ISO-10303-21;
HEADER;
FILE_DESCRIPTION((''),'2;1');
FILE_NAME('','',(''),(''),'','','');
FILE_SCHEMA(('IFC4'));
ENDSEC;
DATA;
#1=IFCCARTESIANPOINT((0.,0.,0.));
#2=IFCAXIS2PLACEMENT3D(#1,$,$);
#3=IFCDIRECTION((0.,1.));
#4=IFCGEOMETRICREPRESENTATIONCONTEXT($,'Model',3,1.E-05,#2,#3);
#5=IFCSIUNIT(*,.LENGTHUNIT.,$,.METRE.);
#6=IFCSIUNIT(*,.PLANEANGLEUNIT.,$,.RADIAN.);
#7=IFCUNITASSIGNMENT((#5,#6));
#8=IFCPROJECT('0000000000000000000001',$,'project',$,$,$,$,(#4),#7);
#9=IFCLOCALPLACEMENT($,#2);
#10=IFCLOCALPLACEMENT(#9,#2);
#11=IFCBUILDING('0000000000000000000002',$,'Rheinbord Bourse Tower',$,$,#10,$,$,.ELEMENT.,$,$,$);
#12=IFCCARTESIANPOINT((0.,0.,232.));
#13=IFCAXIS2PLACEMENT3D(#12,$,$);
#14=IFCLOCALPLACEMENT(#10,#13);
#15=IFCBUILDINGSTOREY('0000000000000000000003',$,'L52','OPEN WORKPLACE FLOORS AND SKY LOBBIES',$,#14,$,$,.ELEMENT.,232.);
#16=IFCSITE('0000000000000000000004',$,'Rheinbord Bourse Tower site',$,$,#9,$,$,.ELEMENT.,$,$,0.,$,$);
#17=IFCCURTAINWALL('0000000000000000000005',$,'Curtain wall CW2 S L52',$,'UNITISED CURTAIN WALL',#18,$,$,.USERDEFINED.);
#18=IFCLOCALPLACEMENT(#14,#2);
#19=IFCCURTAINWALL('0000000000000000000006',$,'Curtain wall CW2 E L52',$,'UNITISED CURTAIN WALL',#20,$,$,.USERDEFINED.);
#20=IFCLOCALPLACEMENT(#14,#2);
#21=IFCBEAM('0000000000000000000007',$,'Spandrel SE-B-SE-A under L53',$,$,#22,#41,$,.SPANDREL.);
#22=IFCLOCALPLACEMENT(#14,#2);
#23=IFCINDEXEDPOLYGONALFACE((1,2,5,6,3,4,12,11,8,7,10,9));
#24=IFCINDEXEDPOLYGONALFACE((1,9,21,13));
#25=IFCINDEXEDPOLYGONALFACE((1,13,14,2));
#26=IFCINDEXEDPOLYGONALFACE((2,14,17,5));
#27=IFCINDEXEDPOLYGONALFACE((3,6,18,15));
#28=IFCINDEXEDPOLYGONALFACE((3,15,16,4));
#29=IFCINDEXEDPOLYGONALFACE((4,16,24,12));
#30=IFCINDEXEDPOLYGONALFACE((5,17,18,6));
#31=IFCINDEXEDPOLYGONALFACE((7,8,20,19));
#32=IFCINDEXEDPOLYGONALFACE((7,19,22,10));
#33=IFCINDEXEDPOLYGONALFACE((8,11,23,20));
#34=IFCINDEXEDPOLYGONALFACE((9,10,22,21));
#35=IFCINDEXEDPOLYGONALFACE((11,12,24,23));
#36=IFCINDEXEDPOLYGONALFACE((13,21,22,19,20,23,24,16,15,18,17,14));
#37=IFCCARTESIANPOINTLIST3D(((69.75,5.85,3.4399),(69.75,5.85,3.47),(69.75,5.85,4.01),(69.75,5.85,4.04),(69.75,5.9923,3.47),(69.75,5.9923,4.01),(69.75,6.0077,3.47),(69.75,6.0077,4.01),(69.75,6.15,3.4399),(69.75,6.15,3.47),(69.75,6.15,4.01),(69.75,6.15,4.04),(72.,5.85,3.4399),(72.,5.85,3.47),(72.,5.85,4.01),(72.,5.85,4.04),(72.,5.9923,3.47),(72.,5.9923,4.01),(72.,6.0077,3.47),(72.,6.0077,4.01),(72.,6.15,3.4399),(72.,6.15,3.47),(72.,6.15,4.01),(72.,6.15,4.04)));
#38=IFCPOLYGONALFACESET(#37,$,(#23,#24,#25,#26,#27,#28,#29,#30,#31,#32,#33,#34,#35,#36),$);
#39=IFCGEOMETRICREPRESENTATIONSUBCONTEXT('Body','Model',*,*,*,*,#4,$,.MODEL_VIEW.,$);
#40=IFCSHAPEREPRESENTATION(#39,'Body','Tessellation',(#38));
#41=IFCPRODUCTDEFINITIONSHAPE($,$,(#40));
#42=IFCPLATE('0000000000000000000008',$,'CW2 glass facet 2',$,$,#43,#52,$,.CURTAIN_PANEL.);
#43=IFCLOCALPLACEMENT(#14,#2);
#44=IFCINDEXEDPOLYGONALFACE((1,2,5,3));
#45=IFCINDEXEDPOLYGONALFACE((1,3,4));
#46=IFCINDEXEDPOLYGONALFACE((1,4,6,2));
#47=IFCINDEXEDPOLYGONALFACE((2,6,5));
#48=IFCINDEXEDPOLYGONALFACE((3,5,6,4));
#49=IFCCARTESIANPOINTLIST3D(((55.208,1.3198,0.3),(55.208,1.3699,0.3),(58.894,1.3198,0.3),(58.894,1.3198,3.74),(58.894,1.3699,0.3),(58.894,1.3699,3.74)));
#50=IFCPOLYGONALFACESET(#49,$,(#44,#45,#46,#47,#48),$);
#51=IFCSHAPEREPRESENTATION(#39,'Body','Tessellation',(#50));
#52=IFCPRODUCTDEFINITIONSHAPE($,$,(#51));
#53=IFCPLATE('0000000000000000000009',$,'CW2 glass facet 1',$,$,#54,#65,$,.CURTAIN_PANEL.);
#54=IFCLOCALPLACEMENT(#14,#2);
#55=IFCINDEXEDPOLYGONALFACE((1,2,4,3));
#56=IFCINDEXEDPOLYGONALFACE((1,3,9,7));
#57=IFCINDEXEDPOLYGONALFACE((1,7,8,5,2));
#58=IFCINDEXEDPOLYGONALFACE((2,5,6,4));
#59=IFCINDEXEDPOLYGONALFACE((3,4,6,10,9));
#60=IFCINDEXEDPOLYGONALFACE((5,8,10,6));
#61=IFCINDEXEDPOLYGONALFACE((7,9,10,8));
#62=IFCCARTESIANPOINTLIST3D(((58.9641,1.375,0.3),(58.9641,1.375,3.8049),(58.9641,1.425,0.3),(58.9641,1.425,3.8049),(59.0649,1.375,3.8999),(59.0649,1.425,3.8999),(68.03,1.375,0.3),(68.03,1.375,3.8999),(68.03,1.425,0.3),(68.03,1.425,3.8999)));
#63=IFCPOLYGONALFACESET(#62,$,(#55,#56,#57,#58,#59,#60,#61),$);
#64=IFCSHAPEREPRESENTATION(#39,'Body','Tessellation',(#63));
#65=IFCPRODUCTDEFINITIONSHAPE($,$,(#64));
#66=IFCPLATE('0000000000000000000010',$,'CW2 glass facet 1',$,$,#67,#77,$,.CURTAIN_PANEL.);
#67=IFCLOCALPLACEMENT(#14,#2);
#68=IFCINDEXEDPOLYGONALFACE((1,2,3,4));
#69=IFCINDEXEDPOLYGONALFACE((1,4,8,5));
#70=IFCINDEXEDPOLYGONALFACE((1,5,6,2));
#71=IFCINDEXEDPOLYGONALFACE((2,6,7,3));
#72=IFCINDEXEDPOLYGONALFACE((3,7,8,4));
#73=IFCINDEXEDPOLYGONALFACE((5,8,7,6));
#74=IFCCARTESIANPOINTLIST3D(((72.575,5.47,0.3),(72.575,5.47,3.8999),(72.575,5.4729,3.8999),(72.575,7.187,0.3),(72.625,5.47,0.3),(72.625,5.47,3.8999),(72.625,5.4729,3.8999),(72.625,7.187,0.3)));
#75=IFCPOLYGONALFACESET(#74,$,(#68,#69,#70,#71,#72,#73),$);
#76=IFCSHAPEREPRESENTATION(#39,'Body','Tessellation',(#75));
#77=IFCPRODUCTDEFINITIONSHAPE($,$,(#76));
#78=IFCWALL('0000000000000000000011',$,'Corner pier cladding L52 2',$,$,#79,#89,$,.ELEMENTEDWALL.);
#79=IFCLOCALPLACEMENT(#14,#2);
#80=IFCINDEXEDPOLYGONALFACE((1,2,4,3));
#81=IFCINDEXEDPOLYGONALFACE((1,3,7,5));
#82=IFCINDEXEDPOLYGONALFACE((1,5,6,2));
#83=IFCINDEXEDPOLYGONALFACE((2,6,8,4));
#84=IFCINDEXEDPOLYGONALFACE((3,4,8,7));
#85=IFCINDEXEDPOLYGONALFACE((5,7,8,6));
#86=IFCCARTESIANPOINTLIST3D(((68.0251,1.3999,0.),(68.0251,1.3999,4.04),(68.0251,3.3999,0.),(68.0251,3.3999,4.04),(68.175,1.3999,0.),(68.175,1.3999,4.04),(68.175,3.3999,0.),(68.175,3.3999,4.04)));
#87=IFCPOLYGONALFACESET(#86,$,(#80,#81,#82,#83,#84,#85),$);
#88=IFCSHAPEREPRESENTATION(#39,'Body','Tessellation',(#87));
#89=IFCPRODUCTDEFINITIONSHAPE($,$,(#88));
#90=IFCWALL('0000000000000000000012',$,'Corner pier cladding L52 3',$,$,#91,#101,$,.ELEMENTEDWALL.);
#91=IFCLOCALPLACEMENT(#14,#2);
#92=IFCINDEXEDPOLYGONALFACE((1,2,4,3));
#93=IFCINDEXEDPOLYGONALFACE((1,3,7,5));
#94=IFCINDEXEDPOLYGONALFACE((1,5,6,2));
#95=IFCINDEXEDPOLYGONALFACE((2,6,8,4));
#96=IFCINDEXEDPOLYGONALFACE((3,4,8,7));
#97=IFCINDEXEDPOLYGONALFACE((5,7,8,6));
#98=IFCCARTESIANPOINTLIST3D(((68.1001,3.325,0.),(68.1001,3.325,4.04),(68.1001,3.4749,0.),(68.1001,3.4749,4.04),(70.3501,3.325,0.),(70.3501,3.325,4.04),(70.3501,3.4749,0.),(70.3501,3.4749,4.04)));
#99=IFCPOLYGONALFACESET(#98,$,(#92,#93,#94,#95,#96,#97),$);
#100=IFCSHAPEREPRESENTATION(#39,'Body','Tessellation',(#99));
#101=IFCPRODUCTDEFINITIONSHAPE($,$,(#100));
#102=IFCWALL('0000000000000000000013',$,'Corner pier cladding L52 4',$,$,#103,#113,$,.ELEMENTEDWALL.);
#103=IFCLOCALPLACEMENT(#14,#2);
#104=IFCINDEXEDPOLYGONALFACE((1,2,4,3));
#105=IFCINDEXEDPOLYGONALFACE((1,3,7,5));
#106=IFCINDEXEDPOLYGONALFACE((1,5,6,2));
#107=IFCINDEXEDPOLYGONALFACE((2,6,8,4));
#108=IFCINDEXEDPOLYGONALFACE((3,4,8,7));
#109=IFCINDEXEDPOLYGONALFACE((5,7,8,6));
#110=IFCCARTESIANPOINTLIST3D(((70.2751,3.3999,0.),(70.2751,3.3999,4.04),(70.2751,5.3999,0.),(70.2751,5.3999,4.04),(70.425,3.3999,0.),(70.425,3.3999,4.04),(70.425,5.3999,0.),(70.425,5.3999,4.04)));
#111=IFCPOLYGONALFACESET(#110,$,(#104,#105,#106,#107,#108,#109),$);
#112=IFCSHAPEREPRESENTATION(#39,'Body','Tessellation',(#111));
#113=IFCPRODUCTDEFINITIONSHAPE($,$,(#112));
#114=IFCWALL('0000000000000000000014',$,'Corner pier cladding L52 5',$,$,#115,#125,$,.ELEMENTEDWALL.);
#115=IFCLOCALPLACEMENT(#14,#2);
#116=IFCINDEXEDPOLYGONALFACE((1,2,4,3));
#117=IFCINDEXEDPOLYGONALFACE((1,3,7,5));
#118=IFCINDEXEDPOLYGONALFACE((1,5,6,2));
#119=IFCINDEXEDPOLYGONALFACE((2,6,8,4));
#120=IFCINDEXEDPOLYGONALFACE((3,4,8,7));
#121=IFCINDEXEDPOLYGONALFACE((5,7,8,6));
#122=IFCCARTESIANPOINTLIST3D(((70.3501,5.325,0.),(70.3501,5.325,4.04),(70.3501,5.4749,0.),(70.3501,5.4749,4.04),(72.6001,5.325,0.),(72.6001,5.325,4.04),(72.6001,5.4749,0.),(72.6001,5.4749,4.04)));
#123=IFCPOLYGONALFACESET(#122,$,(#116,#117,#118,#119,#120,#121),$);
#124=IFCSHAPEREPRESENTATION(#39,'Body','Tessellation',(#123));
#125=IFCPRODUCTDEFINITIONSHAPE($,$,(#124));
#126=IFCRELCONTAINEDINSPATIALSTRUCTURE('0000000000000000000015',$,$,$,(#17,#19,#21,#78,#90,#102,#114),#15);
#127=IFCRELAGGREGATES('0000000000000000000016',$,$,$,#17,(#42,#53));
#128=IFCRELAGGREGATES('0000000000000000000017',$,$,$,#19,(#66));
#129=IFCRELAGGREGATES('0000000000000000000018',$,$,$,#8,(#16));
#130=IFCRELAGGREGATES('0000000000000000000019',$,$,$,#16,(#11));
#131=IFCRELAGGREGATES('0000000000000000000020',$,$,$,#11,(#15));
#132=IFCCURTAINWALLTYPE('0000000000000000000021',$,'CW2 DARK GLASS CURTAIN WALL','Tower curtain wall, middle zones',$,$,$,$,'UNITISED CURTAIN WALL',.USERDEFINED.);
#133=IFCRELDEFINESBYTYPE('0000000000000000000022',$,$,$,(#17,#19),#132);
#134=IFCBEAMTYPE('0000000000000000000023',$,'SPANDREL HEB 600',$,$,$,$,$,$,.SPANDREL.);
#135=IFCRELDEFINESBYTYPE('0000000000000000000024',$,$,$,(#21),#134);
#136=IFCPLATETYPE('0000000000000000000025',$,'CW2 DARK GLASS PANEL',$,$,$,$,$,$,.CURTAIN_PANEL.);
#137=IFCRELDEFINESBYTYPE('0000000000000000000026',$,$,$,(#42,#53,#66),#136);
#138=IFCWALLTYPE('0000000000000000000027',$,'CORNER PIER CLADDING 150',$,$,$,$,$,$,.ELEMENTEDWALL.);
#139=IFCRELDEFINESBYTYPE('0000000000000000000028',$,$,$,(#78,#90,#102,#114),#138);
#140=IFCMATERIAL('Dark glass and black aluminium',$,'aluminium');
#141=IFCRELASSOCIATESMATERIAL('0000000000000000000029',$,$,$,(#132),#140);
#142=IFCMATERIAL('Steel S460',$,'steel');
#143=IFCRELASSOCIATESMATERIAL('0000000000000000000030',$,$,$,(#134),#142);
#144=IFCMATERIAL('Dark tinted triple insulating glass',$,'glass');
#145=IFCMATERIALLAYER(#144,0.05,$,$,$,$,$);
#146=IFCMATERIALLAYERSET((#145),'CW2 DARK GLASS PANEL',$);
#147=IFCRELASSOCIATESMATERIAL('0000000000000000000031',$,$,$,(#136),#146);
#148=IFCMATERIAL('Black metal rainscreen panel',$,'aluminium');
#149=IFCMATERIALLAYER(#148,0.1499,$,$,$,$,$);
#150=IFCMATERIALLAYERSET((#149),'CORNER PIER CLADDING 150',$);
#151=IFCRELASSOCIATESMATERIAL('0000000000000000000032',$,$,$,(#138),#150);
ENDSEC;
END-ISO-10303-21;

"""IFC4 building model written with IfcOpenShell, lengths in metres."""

from ifc_helpers import new_model, si_unit, direction, frame, frame_2d, origin, origin_2d, place, context, subcontext, project, spatial, polyline, rectangle, i_section, outline, extrude, material, layer, layer_set, material_profile, profile_set, type_object, element, aggregate, save


model = new_model("IFC4")

# Units and contexts
model_context = context("Model", 3, precision=1e-05, world=origin(), true_north=direction((0.0, 1.0)))
body_context = subcontext(model_context, "Body", "Model", "MODEL_VIEW")
ifc_project = project(units=[si_unit("LENGTHUNIT", "METRE"), si_unit("PLANEANGLEUNIT", "RADIAN")], contexts=[model_context])

# Site, building, storey
site_placement = place(None, origin())
site = spatial("IfcSite", under=ifc_project, at=site_placement, Name="Rheinbord Bourse Tower site", CompositionType="ELEMENT", RefElevation=0.0)
building_placement = place(site_placement, origin())
building = spatial("IfcBuilding", under=site, at=building_placement, Name="Rheinbord Bourse Tower", CompositionType="ELEMENT")
storey_placement = place(building_placement, frame((0.0, 0.0, 232.0)))
storey = spatial("IfcBuildingStorey", under=building, at=storey_placement, Name="L52", Description="OPEN WORKPLACE FLOORS AND SKY LOBBIES", CompositionType="ELEMENT", Elevation=232.0)

# Curtain wall
ifc_material_1 = material(Name="Dark glass and black aluminium", Category="aluminium")
curtain_wall_type = type_object("IfcCurtainWallType", Name="CW2 DARK GLASS CURTAIN WALL", Description="Tower curtain wall, middle zones", ElementType="UNITISED CURTAIN WALL", PredefinedType="USERDEFINED", material=ifc_material_1)
curtain_wall_1_placement = place(storey_placement, origin())
curtain_wall_1 = element("IfcCurtainWall", 1, at=curtain_wall_1_placement, inside=storey, type_object=curtain_wall_type, Name="Curtain wall CW2 S L52", ObjectType="UNITISED CURTAIN WALL", PredefinedType="USERDEFINED")

# Curtain wall
curtain_wall_2_placement = place(storey_placement, origin())
curtain_wall_2 = element("IfcCurtainWall", 2, at=curtain_wall_2_placement, inside=storey, type_object=curtain_wall_type, Name="Curtain wall CW2 E L52", ObjectType="UNITISED CURTAIN WALL", PredefinedType="USERDEFINED")

# Beam
ifc_material_2 = material(Name="Steel S460", Category="steel")
ifc_material_profile_1 = material_profile(ifc_material_2, i_section(OverallWidth=0.3, OverallDepth=0.6001, WebThickness=0.0154, FlangeThickness=0.03, at=origin_2d()), Name="HEB 600")
ifc_profile_set_1 = profile_set([ifc_material_profile_1], Name="Steel S460")
beam_type_1 = type_object("IfcBeamType", Name="SPANDREL HEB 600", PredefinedType="SPANDREL", material=ifc_profile_set_1)
beam_1_placement = place(storey_placement, frame((69.75, 6.0, 3.74), z_axis=(1.0, 0.0, 0.0), x_axis=(0.0, 1.0, 0.0)))
element("IfcBeam", 3, at=beam_1_placement, inside=storey, type_object=beam_type_1, Name="Spandrel SE-B-SE-A under L53", PredefinedType="SPANDREL", context=body_context, shape_type="SweptSolid", body=[
    extrude(i_section(OverallWidth=0.3, OverallDepth=0.6001, WebThickness=0.0154, FlangeThickness=0.03, at=origin_2d()), origin(), (0.0, 0.0, 1.0), 2.25),
])

# Plates
ifc_material_3 = material(Name="Dark tinted triple insulating glass", Category="glass")
ifc_layer_1 = layer(ifc_material_3, 0.05)
ifc_layer_set_1 = layer_set([ifc_layer_1], Name="CW2 DARK GLASS PANEL")
plate_type = type_object("IfcPlateType", Name="CW2 DARK GLASS PANEL", PredefinedType="CURTAIN_PANEL", material=ifc_layer_set_1)
plate_1_placement = place(storey_placement, frame((58.894, 1.3198, 0.3), z_axis=(0.0, 1.0, 0.0), x_axis=(-1.0, 0.0, 0.0)))
plate_1 = element("IfcPlate", 4, at=plate_1_placement, type_object=plate_type, Name="CW2 glass facet 2", PredefinedType="CURTAIN_PANEL", context=body_context, shape_type="SweptSolid", body=[
    extrude(outline(polyline([(0.0, 0.0), (3.686, 0.0), (0.0, 3.4399), (0.0, 0.0)])), origin(), (0.0, 0.0, 1.0), 0.05),
])
plate_2_placement = place(storey_placement, frame((68.03, 1.375, 3.8999), z_axis=(0.0, 1.0, 0.0), x_axis=(0.0, 0.0, -1.0)))
plate_2 = element("IfcPlate", 5, at=plate_2_placement, type_object=plate_type, Name="CW2 glass facet 1", PredefinedType="CURTAIN_PANEL", context=body_context, shape_type="SweptSolid", body=[
    extrude(outline(polyline([(0.0, 0.0), (3.5999, 0.0), (3.5999, 9.0659), (0.095, 9.0659), (0.0, 8.9651), (0.0, 0.0)])), origin(), (0.0, 0.0, 1.0), 0.05),
])
aggregate(curtain_wall_1, [plate_1, plate_2])
plate_3_placement = place(storey_placement, frame((72.625, 5.47, 0.3), z_axis=(-1.0, 0.0, 0.0), x_axis=(0.0, 0.0, 1.0)))
plate_3 = element("IfcPlate", 6, at=plate_3_placement, type_object=plate_type, Name="CW2 glass facet 1", PredefinedType="CURTAIN_PANEL", context=body_context, shape_type="SweptSolid", body=[
    extrude(outline(polyline([(0.0, 0.0), (3.5999, 0.0), (3.5999, 0.0029), (0.0, 1.717), (0.0, 0.0)])), origin(), (0.0, 0.0, 1.0), 0.05),
])
aggregate(curtain_wall_2, [plate_3])

# Walls
ifc_material_4 = material(Name="Black metal rainscreen panel", Category="aluminium")
ifc_layer_2 = layer(ifc_material_4, 0.1499)
ifc_layer_set_2 = layer_set([ifc_layer_2], Name="CORNER PIER CLADDING 150")
wall_type = type_object("IfcWallType", Name="CORNER PIER CLADDING 150", PredefinedType="ELEMENTEDWALL", material=ifc_layer_set_2)
wall_1_placement = place(storey_placement, frame((68.1001, 1.3999, 0.0), z_axis=(0.0, 0.0, 1.0), x_axis=(0.0, 1.0, 0.0)))
element("IfcWall", 7, at=wall_1_placement, inside=storey, type_object=wall_type, Name="Corner pier cladding L52 2", PredefinedType="ELEMENTEDWALL", context=body_context, shape_type="SweptSolid", body=[
    extrude(rectangle(XDim=2.0, YDim=0.1499, at=frame_2d((1.0, 0.0))), origin(), (0.0, 0.0, 1.0), 4.04),
])
wall_2_placement = place(storey_placement, frame((68.1001, 3.3999, 0.0), z_axis=(0.0, 0.0, 1.0), x_axis=(1.0, 0.0, 0.0)))
element("IfcWall", 8, at=wall_2_placement, inside=storey, type_object=wall_type, Name="Corner pier cladding L52 3", PredefinedType="ELEMENTEDWALL", context=body_context, shape_type="SweptSolid", body=[
    extrude(rectangle(XDim=2.25, YDim=0.1499, at=frame_2d((1.125, 0.0))), origin(), (0.0, 0.0, 1.0), 4.04),
])
wall_3_placement = place(storey_placement, frame((70.3501, 3.3999, 0.0), z_axis=(0.0, 0.0, 1.0), x_axis=(0.0, 1.0, 0.0)))
element("IfcWall", 9, at=wall_3_placement, inside=storey, type_object=wall_type, Name="Corner pier cladding L52 4", PredefinedType="ELEMENTEDWALL", context=body_context, shape_type="SweptSolid", body=[
    extrude(rectangle(XDim=2.0, YDim=0.1499, at=frame_2d((1.0, 0.0))), origin(), (0.0, 0.0, 1.0), 4.04),
])
wall_4_placement = place(storey_placement, frame((70.3501, 5.3999, 0.0), z_axis=(0.0, 0.0, 1.0), x_axis=(1.0, 0.0, 0.0)))
element("IfcWall", 10, at=wall_4_placement, inside=storey, type_object=wall_type, Name="Corner pier cladding L52 5", PredefinedType="ELEMENTEDWALL", context=body_context, shape_type="SweptSolid", body=[
    extrude(rectangle(XDim=2.25, YDim=0.1499, at=frame_2d((1.125, 0.0))), origin(), (0.0, 0.0, 1.0), 4.04),
])

save(model, "model.ifc")
